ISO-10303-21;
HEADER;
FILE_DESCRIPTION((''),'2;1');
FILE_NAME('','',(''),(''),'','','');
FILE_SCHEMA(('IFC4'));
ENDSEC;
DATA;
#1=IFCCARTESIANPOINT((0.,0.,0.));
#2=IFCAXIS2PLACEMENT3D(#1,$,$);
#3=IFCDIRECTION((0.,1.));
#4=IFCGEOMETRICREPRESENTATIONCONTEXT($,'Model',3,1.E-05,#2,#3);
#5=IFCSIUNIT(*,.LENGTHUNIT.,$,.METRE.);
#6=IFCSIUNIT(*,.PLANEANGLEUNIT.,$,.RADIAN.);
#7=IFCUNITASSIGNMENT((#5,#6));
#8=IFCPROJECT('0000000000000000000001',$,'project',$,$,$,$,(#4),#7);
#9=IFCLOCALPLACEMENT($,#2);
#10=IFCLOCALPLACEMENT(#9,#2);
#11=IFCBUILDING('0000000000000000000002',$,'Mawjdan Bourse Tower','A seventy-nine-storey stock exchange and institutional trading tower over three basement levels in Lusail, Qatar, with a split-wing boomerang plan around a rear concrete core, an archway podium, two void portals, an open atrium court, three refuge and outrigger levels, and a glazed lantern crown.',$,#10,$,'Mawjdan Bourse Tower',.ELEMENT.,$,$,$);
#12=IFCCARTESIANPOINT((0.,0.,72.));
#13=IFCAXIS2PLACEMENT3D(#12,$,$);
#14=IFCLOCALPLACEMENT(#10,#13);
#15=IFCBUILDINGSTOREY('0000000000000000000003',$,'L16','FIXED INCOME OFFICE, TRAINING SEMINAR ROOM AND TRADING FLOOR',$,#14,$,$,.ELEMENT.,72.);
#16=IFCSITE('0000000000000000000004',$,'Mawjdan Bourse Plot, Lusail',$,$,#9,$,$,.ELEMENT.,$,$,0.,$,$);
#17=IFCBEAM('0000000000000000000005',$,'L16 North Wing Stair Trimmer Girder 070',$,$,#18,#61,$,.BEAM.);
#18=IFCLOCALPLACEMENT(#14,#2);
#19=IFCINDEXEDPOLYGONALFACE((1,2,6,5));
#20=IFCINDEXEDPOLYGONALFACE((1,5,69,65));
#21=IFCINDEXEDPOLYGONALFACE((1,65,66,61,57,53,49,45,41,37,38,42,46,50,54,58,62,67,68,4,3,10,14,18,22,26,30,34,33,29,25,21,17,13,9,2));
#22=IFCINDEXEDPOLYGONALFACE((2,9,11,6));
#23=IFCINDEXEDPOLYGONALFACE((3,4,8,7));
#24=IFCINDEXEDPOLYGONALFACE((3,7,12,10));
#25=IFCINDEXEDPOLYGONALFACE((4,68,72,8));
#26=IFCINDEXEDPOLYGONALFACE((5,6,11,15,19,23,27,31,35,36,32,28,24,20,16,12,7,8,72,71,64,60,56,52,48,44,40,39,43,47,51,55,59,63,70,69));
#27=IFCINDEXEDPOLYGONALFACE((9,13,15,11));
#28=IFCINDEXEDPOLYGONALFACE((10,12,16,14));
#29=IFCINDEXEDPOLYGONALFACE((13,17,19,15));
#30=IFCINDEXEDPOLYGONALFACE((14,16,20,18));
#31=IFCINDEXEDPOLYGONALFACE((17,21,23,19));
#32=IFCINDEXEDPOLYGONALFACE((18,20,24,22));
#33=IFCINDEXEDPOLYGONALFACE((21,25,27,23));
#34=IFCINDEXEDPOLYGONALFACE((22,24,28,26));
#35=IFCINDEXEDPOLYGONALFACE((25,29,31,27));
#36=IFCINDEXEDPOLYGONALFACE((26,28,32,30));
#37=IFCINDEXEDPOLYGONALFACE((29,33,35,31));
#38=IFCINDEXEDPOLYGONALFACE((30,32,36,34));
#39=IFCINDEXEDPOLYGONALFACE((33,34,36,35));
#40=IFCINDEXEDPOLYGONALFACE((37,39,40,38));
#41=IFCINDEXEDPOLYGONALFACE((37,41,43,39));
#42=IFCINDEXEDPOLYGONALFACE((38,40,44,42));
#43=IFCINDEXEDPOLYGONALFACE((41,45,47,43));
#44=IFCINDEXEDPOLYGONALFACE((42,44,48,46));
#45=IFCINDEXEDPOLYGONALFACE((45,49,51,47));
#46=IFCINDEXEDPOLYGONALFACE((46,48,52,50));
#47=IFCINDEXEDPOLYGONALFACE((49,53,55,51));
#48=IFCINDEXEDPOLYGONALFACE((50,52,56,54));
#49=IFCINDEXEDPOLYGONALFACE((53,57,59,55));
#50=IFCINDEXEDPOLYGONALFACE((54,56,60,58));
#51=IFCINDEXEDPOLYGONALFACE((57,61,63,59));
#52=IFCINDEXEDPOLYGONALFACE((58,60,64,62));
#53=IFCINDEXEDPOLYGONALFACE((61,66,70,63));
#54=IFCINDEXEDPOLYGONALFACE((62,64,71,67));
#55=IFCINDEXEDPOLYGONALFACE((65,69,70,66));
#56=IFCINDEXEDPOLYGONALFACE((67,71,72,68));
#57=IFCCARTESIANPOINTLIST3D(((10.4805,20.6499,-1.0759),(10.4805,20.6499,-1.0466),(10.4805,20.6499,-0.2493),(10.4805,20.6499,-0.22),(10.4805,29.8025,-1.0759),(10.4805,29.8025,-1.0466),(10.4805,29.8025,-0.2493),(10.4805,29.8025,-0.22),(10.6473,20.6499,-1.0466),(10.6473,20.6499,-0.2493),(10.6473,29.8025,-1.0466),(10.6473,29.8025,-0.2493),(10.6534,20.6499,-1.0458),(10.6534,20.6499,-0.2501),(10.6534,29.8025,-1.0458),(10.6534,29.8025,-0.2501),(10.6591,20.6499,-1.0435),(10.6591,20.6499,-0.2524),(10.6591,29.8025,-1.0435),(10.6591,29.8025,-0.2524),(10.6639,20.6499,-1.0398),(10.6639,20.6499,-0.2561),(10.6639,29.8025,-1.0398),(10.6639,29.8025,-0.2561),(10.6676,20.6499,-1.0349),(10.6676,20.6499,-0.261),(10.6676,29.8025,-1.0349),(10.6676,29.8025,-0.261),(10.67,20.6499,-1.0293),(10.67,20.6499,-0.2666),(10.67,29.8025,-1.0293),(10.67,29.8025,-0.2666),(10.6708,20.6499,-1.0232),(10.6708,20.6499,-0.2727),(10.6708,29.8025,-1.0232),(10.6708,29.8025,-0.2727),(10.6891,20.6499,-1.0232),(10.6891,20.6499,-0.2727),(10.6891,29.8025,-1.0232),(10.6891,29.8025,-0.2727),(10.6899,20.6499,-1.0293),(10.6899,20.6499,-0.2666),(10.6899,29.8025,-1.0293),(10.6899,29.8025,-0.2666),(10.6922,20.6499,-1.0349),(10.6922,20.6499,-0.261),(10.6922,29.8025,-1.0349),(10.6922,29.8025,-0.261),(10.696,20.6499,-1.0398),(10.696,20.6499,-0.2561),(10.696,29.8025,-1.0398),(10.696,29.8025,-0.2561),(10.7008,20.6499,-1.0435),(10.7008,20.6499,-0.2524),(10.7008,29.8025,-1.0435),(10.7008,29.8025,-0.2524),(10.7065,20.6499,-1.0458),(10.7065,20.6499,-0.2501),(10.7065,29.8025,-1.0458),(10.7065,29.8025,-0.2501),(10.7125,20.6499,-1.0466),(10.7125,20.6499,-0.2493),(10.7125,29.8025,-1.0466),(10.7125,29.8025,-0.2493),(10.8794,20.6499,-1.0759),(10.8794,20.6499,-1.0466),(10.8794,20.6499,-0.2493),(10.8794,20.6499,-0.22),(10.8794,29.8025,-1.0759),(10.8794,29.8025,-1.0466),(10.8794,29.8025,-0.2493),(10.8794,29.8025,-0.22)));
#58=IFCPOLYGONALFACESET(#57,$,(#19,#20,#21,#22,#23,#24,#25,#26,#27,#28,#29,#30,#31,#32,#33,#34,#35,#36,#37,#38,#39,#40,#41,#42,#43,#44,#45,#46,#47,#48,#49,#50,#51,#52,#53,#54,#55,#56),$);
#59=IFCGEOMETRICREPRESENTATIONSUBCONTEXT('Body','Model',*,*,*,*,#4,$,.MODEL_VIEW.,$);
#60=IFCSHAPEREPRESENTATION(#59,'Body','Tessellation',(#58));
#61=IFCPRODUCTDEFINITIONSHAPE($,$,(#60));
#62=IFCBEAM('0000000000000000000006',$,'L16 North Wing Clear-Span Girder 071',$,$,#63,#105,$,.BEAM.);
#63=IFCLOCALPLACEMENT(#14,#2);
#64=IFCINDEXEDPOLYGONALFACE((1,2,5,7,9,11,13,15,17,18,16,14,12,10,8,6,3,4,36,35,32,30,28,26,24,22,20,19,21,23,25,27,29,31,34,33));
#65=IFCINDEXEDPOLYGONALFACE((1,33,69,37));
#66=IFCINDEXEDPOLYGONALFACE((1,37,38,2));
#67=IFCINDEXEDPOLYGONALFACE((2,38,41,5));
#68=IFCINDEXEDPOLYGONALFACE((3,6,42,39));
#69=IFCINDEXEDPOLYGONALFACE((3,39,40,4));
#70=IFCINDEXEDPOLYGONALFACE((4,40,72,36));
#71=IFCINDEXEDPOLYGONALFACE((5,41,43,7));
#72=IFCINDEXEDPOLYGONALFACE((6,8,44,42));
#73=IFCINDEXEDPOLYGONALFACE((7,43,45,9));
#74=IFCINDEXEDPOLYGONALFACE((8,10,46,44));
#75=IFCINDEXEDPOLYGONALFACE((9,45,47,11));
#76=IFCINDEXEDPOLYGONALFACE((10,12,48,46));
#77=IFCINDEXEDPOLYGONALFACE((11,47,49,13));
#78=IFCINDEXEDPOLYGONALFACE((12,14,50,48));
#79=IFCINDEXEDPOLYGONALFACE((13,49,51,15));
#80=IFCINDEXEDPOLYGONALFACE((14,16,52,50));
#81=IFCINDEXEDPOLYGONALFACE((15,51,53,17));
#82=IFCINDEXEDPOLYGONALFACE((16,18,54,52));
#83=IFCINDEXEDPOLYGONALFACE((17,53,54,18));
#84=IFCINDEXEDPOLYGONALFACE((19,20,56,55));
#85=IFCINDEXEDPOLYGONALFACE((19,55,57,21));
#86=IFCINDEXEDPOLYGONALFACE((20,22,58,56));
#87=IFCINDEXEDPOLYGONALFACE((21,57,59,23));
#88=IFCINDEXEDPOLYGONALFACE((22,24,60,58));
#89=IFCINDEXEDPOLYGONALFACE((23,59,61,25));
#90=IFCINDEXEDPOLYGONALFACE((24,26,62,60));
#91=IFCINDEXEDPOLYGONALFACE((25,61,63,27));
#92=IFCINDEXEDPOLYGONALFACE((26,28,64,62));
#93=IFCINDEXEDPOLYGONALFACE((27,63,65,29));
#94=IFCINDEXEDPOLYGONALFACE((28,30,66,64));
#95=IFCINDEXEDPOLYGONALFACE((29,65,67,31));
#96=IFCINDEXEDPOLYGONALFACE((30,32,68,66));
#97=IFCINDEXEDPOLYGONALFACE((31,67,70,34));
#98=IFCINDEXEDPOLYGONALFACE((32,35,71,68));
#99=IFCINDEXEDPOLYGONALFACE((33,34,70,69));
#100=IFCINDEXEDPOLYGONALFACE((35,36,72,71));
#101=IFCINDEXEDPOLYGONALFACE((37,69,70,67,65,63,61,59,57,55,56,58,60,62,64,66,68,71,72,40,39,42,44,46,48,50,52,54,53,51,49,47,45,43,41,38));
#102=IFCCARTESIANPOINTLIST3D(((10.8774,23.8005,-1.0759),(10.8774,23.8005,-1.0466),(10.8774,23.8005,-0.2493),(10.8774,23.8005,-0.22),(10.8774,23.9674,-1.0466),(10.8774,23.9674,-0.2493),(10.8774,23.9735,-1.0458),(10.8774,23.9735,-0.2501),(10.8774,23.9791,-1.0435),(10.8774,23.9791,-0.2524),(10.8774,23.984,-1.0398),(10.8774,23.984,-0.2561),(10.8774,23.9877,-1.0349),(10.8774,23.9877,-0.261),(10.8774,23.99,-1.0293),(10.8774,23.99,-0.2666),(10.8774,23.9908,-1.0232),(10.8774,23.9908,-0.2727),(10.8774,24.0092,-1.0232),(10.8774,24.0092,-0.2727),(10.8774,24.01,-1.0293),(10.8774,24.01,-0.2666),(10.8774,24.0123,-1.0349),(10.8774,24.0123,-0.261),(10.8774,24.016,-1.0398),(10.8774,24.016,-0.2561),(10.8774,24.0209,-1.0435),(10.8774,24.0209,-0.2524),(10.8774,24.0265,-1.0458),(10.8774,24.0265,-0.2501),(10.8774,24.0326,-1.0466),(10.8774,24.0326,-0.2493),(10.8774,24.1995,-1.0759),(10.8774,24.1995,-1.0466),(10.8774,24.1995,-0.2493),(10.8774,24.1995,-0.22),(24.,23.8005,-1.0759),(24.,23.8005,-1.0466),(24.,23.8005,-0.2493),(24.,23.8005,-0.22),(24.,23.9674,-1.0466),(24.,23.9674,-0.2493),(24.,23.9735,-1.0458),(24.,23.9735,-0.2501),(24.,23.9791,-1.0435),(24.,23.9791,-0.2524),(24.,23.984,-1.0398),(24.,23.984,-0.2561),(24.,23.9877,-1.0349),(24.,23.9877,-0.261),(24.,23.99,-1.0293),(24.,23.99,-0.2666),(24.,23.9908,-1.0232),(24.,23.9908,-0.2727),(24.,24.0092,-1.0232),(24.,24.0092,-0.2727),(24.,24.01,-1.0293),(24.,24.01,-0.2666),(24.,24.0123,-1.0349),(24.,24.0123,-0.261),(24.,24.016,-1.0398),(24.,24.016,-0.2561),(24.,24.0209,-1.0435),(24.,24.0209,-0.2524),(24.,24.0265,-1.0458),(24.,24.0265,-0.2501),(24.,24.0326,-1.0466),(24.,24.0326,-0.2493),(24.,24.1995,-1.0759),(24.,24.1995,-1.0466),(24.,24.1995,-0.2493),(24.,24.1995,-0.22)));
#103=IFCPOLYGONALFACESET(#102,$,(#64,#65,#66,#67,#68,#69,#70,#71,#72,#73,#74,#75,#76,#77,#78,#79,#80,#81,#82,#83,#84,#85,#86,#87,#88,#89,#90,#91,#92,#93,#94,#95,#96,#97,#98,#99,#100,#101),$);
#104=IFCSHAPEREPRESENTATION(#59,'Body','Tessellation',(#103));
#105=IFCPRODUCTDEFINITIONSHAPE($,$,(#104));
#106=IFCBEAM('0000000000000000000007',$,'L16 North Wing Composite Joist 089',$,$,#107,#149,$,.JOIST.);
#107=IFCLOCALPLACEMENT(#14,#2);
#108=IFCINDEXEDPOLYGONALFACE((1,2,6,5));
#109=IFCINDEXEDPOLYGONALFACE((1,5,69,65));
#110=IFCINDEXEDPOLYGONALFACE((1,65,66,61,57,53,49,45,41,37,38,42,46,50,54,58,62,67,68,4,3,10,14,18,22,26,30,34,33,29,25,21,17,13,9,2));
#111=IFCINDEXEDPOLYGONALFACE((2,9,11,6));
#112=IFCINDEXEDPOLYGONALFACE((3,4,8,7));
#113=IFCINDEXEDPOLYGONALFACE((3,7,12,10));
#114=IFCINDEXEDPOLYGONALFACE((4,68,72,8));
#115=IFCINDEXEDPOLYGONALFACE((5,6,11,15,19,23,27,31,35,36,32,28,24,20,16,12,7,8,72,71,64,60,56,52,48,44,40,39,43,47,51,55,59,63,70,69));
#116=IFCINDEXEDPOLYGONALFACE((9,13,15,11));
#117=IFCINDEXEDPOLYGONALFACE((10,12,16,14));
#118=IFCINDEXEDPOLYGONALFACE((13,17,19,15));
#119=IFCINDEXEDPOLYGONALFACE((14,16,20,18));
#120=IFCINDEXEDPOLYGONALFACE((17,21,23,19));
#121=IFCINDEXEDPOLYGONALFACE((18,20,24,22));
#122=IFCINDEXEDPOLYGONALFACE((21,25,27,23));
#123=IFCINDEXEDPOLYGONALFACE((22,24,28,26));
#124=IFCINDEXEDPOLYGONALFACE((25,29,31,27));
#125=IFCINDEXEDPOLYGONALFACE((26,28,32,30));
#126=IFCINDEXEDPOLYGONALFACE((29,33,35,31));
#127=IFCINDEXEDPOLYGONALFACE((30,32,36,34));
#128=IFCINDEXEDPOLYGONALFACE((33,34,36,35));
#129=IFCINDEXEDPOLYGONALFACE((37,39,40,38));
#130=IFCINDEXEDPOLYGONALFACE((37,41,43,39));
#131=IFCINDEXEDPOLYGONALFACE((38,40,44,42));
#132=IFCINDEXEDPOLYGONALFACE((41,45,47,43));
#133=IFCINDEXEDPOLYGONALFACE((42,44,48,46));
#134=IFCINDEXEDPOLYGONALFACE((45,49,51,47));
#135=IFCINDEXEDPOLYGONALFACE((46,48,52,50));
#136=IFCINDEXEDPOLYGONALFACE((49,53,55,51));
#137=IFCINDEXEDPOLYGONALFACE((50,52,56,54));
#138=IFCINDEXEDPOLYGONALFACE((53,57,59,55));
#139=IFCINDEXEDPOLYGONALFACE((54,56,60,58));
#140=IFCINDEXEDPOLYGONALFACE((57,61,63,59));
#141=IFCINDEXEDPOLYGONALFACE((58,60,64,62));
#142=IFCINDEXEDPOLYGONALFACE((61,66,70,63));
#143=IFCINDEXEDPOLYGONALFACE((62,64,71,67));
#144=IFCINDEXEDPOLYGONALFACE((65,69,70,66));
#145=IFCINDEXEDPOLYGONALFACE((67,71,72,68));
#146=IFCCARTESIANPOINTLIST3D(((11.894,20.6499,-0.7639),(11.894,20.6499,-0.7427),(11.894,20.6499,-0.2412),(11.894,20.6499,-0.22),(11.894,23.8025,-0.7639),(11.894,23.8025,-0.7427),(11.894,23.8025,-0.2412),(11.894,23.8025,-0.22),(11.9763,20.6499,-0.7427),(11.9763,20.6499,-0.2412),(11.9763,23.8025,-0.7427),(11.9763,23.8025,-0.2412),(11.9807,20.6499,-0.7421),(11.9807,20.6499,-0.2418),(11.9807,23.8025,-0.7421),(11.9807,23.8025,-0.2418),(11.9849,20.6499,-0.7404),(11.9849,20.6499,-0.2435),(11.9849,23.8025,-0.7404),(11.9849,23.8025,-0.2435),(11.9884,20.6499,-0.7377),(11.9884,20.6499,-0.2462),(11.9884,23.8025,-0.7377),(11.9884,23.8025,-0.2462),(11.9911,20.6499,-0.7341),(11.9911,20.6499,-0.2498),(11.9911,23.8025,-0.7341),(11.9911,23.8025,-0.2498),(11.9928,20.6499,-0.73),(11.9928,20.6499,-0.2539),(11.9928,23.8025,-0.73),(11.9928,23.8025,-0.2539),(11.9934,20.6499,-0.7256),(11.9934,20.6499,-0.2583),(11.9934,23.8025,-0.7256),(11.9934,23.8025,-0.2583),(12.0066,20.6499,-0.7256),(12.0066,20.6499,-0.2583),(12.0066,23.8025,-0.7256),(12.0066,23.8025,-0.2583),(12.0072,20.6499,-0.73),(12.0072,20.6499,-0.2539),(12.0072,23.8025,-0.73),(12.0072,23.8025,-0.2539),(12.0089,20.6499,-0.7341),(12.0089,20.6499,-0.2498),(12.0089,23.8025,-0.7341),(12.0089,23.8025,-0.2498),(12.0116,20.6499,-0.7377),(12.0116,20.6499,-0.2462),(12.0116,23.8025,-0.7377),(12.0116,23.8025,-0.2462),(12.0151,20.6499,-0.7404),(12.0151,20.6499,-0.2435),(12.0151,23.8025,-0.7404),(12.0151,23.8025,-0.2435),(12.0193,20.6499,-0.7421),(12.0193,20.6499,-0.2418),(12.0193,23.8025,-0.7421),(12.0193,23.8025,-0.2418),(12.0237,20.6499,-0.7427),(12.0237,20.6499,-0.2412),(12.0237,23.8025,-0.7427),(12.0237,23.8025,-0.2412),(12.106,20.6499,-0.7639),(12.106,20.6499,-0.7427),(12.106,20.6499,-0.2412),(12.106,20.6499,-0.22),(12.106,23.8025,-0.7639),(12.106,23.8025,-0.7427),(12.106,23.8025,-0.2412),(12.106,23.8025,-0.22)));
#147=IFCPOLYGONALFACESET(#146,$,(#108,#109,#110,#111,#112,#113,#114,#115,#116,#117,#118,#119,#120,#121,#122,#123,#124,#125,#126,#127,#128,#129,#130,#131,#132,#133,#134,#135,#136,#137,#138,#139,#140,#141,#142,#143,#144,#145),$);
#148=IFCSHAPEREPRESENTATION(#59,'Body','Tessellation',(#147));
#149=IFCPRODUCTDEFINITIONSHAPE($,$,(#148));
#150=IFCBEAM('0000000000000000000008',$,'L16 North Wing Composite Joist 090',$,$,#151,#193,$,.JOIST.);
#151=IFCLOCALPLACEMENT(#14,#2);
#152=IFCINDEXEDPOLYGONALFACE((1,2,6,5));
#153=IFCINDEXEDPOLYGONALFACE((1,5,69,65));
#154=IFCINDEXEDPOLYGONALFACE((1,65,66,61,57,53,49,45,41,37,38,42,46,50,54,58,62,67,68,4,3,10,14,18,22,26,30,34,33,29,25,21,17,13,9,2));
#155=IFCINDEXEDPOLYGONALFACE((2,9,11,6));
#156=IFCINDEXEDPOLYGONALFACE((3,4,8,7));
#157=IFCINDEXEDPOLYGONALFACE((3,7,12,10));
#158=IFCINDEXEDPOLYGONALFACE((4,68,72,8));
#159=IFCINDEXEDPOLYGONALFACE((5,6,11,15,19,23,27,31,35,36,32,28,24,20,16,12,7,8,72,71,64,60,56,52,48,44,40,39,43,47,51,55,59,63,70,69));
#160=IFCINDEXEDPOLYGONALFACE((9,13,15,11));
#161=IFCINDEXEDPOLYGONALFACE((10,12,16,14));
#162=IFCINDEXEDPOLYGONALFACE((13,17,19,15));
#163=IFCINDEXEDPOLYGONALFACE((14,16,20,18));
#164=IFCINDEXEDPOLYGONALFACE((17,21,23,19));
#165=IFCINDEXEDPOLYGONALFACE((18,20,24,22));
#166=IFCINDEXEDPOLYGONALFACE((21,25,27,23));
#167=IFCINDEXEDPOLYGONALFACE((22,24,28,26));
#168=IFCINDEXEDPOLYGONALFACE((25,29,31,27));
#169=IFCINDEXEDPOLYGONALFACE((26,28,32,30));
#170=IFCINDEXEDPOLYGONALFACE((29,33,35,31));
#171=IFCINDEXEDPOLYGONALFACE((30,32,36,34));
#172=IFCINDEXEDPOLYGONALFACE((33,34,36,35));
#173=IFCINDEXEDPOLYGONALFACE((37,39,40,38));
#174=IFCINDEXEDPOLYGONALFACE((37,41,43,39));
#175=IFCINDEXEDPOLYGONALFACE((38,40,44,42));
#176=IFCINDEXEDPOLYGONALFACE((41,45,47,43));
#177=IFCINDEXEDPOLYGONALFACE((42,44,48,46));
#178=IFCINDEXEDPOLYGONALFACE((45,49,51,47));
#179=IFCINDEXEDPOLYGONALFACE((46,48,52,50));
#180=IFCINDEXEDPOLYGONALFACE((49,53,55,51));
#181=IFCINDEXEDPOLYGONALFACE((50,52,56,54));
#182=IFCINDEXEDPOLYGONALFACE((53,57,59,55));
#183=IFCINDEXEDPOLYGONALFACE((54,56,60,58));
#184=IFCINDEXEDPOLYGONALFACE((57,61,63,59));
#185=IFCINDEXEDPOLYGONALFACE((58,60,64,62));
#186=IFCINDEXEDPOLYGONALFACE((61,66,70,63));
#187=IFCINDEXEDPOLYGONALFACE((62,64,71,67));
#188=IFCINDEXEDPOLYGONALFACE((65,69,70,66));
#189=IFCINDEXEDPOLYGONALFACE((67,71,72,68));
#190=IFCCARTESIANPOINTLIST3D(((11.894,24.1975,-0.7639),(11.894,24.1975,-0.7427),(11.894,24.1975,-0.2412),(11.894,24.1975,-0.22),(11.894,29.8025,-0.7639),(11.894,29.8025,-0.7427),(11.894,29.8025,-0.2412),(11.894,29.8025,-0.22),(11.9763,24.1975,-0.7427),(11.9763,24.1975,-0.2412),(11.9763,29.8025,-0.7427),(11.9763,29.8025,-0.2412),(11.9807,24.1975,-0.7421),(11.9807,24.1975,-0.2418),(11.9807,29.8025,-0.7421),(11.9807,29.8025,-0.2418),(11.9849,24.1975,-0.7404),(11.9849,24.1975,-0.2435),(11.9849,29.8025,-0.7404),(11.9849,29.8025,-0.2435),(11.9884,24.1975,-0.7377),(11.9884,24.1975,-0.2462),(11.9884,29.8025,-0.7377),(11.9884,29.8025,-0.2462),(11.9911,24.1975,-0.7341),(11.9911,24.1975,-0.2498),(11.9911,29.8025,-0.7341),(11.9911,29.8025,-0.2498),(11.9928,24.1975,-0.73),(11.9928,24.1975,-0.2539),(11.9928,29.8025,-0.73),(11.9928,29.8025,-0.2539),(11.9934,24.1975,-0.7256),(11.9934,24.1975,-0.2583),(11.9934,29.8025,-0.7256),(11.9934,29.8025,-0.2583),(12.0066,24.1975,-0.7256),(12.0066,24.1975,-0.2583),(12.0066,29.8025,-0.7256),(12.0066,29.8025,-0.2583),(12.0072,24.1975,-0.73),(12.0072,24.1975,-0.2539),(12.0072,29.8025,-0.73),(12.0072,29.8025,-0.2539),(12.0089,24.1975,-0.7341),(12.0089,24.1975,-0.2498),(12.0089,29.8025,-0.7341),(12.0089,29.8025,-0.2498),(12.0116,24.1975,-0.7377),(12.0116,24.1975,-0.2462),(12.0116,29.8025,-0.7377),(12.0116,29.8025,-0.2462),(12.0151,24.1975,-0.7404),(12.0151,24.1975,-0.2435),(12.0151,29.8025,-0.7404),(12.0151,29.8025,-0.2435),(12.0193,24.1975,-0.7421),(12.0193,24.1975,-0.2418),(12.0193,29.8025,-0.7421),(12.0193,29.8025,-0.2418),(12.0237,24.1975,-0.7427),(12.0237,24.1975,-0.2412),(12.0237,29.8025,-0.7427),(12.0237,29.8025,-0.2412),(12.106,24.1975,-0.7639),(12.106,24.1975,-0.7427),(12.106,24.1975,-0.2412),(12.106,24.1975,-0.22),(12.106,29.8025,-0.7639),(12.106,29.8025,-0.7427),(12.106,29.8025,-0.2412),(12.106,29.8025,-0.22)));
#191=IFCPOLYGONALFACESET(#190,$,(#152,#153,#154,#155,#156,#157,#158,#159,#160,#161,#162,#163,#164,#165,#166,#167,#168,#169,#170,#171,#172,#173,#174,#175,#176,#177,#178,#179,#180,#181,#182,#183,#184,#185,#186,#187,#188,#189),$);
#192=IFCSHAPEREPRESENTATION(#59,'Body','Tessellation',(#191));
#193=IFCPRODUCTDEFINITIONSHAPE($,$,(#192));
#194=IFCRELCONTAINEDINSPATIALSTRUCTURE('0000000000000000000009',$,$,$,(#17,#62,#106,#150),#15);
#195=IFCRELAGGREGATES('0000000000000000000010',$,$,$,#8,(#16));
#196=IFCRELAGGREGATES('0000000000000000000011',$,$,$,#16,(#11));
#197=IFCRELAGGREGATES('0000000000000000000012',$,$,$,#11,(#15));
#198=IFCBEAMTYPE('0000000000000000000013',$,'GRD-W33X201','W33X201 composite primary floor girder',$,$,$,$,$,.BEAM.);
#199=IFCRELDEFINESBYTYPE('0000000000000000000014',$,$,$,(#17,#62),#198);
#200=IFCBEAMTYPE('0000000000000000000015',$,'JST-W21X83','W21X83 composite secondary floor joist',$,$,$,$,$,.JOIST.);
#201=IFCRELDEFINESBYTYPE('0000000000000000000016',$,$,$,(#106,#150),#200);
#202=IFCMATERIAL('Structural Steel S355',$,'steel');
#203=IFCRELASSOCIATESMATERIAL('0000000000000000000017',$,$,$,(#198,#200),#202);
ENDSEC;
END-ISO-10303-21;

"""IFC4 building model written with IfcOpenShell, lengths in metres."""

from ifc_helpers import new_model, si_unit, direction, frame, origin, origin_2d, place, context, subcontext, project, spatial, i_section, extrude, material, material_profile, profile_set, type_object, element, save


model = new_model("IFC4")

# Units and contexts
model_context = context("Model", 3, precision=1e-05, world=origin(), true_north=direction((0.0, 1.0)))
body_context = subcontext(model_context, "Body", "Model", "MODEL_VIEW")
ifc_project = project(units=[si_unit("LENGTHUNIT", "METRE"), si_unit("PLANEANGLEUNIT", "RADIAN")], contexts=[model_context])

# Site, building, storey
site_placement = place(None, origin())
site = spatial("IfcSite", under=ifc_project, at=site_placement, Name="Mawjdan Bourse Plot, Lusail", CompositionType="ELEMENT", RefElevation=0.0)
building_placement = place(site_placement, origin())
building = spatial("IfcBuilding", under=site, at=building_placement, Name="Mawjdan Bourse Tower", Description="A seventy-nine-storey stock exchange and institutional trading tower over three basement levels in Lusail, Qatar, with a split-wing boomerang plan around a rear concrete core, an archway podium, two void portals, an open atrium court, three refuge and outrigger levels, and a glazed lantern crown.", LongName="Mawjdan Bourse Tower", CompositionType="ELEMENT")
storey_placement = place(building_placement, frame((0.0, 0.0, 72.0)))
storey = spatial("IfcBuildingStorey", under=building, at=storey_placement, Name="L16", Description="FIXED INCOME OFFICE, TRAINING SEMINAR ROOM AND TRADING FLOOR", CompositionType="ELEMENT", Elevation=72.0)

# Beams
ifc_material_1 = material(Name="Structural Steel S355", Category="steel")
ifc_material_profile_1 = material_profile(ifc_material_1, i_section(OverallWidth=0.3989, OverallDepth=0.856, WebThickness=0.0183, FlangeThickness=0.0293, FilletRadius=0.0234, at=origin_2d()), Name="W33X201")
ifc_profile_set_1 = profile_set([ifc_material_profile_1], Name="Structural Steel S355")
beam_type_1 = type_object("IfcBeamType", Name="GRD-W33X201", Description="W33X201 composite primary floor girder", PredefinedType="BEAM", material=ifc_profile_set_1)
beam_1_placement = place(storey_placement, frame((10.6799, 20.6499, -0.6479), z_axis=(0.0, 1.0, 0.0), x_axis=(-1.0, 0.0, 0.0)))
element("IfcBeam", 1, at=beam_1_placement, inside=storey, type_object=beam_type_1, Name="L16 North Wing Stair Trimmer Girder 070", PredefinedType="BEAM", context=body_context, shape_type="SweptSolid", body=[
    extrude(i_section(OverallWidth=0.3989, OverallDepth=0.856, WebThickness=0.0183, FlangeThickness=0.0293, FilletRadius=0.0234, at=origin_2d()), origin(), (0.0, 0.0, 1.0), 9.1526),
])
beam_2_placement = place(storey_placement, frame((10.8774, 24.0, -0.6479), z_axis=(1.0, 0.0, 0.0), x_axis=(0.0, 1.0, 0.0)))
element("IfcBeam", 2, at=beam_2_placement, inside=storey, type_object=beam_type_1, Name="L16 North Wing Clear-Span Girder 071", PredefinedType="BEAM", context=body_context, shape_type="SweptSolid", body=[
    extrude(i_section(OverallWidth=0.3989, OverallDepth=0.856, WebThickness=0.0183, FlangeThickness=0.0293, FilletRadius=0.0234, at=origin_2d()), origin(), (0.0, 0.0, 1.0), 13.1226),
])
ifc_material_profile_2 = material_profile(ifc_material_1, i_section(OverallWidth=0.2119, OverallDepth=0.5439, WebThickness=0.0132, FlangeThickness=0.0212, FilletRadius=0.0171, at=origin_2d()), Name="W21X83")
ifc_profile_set_2 = profile_set([ifc_material_profile_2], Name="Structural Steel S355")
beam_type_2 = type_object("IfcBeamType", Name="JST-W21X83", Description="W21X83 composite secondary floor joist", PredefinedType="JOIST", material=ifc_profile_set_2)
beam_3_placement = place(storey_placement, frame((12.0, 20.6499, -0.4919), z_axis=(0.0, 1.0, 0.0), x_axis=(-1.0, 0.0, 0.0)))
element("IfcBeam", 3, at=beam_3_placement, inside=storey, type_object=beam_type_2, Name="L16 North Wing Composite Joist 089", PredefinedType="JOIST", context=body_context, shape_type="SweptSolid", body=[
    extrude(i_section(OverallWidth=0.2119, OverallDepth=0.5439, WebThickness=0.0132, FlangeThickness=0.0212, FilletRadius=0.0171, at=origin_2d()), origin(), (0.0, 0.0, 1.0), 3.1526),
])
beam_4_placement = place(storey_placement, frame((12.0, 24.1975, -0.4919), z_axis=(0.0, 1.0, 0.0), x_axis=(-1.0, 0.0, 0.0)))
element("IfcBeam", 4, at=beam_4_placement, inside=storey, type_object=beam_type_2, Name="L16 North Wing Composite Joist 090", PredefinedType="JOIST", context=body_context, shape_type="SweptSolid", body=[
    extrude(i_section(OverallWidth=0.2119, OverallDepth=0.5439, WebThickness=0.0132, FlangeThickness=0.0212, FilletRadius=0.0171, at=origin_2d()), origin(), (0.0, 0.0, 1.0), 5.605),
])

save(model, "model.ifc")
